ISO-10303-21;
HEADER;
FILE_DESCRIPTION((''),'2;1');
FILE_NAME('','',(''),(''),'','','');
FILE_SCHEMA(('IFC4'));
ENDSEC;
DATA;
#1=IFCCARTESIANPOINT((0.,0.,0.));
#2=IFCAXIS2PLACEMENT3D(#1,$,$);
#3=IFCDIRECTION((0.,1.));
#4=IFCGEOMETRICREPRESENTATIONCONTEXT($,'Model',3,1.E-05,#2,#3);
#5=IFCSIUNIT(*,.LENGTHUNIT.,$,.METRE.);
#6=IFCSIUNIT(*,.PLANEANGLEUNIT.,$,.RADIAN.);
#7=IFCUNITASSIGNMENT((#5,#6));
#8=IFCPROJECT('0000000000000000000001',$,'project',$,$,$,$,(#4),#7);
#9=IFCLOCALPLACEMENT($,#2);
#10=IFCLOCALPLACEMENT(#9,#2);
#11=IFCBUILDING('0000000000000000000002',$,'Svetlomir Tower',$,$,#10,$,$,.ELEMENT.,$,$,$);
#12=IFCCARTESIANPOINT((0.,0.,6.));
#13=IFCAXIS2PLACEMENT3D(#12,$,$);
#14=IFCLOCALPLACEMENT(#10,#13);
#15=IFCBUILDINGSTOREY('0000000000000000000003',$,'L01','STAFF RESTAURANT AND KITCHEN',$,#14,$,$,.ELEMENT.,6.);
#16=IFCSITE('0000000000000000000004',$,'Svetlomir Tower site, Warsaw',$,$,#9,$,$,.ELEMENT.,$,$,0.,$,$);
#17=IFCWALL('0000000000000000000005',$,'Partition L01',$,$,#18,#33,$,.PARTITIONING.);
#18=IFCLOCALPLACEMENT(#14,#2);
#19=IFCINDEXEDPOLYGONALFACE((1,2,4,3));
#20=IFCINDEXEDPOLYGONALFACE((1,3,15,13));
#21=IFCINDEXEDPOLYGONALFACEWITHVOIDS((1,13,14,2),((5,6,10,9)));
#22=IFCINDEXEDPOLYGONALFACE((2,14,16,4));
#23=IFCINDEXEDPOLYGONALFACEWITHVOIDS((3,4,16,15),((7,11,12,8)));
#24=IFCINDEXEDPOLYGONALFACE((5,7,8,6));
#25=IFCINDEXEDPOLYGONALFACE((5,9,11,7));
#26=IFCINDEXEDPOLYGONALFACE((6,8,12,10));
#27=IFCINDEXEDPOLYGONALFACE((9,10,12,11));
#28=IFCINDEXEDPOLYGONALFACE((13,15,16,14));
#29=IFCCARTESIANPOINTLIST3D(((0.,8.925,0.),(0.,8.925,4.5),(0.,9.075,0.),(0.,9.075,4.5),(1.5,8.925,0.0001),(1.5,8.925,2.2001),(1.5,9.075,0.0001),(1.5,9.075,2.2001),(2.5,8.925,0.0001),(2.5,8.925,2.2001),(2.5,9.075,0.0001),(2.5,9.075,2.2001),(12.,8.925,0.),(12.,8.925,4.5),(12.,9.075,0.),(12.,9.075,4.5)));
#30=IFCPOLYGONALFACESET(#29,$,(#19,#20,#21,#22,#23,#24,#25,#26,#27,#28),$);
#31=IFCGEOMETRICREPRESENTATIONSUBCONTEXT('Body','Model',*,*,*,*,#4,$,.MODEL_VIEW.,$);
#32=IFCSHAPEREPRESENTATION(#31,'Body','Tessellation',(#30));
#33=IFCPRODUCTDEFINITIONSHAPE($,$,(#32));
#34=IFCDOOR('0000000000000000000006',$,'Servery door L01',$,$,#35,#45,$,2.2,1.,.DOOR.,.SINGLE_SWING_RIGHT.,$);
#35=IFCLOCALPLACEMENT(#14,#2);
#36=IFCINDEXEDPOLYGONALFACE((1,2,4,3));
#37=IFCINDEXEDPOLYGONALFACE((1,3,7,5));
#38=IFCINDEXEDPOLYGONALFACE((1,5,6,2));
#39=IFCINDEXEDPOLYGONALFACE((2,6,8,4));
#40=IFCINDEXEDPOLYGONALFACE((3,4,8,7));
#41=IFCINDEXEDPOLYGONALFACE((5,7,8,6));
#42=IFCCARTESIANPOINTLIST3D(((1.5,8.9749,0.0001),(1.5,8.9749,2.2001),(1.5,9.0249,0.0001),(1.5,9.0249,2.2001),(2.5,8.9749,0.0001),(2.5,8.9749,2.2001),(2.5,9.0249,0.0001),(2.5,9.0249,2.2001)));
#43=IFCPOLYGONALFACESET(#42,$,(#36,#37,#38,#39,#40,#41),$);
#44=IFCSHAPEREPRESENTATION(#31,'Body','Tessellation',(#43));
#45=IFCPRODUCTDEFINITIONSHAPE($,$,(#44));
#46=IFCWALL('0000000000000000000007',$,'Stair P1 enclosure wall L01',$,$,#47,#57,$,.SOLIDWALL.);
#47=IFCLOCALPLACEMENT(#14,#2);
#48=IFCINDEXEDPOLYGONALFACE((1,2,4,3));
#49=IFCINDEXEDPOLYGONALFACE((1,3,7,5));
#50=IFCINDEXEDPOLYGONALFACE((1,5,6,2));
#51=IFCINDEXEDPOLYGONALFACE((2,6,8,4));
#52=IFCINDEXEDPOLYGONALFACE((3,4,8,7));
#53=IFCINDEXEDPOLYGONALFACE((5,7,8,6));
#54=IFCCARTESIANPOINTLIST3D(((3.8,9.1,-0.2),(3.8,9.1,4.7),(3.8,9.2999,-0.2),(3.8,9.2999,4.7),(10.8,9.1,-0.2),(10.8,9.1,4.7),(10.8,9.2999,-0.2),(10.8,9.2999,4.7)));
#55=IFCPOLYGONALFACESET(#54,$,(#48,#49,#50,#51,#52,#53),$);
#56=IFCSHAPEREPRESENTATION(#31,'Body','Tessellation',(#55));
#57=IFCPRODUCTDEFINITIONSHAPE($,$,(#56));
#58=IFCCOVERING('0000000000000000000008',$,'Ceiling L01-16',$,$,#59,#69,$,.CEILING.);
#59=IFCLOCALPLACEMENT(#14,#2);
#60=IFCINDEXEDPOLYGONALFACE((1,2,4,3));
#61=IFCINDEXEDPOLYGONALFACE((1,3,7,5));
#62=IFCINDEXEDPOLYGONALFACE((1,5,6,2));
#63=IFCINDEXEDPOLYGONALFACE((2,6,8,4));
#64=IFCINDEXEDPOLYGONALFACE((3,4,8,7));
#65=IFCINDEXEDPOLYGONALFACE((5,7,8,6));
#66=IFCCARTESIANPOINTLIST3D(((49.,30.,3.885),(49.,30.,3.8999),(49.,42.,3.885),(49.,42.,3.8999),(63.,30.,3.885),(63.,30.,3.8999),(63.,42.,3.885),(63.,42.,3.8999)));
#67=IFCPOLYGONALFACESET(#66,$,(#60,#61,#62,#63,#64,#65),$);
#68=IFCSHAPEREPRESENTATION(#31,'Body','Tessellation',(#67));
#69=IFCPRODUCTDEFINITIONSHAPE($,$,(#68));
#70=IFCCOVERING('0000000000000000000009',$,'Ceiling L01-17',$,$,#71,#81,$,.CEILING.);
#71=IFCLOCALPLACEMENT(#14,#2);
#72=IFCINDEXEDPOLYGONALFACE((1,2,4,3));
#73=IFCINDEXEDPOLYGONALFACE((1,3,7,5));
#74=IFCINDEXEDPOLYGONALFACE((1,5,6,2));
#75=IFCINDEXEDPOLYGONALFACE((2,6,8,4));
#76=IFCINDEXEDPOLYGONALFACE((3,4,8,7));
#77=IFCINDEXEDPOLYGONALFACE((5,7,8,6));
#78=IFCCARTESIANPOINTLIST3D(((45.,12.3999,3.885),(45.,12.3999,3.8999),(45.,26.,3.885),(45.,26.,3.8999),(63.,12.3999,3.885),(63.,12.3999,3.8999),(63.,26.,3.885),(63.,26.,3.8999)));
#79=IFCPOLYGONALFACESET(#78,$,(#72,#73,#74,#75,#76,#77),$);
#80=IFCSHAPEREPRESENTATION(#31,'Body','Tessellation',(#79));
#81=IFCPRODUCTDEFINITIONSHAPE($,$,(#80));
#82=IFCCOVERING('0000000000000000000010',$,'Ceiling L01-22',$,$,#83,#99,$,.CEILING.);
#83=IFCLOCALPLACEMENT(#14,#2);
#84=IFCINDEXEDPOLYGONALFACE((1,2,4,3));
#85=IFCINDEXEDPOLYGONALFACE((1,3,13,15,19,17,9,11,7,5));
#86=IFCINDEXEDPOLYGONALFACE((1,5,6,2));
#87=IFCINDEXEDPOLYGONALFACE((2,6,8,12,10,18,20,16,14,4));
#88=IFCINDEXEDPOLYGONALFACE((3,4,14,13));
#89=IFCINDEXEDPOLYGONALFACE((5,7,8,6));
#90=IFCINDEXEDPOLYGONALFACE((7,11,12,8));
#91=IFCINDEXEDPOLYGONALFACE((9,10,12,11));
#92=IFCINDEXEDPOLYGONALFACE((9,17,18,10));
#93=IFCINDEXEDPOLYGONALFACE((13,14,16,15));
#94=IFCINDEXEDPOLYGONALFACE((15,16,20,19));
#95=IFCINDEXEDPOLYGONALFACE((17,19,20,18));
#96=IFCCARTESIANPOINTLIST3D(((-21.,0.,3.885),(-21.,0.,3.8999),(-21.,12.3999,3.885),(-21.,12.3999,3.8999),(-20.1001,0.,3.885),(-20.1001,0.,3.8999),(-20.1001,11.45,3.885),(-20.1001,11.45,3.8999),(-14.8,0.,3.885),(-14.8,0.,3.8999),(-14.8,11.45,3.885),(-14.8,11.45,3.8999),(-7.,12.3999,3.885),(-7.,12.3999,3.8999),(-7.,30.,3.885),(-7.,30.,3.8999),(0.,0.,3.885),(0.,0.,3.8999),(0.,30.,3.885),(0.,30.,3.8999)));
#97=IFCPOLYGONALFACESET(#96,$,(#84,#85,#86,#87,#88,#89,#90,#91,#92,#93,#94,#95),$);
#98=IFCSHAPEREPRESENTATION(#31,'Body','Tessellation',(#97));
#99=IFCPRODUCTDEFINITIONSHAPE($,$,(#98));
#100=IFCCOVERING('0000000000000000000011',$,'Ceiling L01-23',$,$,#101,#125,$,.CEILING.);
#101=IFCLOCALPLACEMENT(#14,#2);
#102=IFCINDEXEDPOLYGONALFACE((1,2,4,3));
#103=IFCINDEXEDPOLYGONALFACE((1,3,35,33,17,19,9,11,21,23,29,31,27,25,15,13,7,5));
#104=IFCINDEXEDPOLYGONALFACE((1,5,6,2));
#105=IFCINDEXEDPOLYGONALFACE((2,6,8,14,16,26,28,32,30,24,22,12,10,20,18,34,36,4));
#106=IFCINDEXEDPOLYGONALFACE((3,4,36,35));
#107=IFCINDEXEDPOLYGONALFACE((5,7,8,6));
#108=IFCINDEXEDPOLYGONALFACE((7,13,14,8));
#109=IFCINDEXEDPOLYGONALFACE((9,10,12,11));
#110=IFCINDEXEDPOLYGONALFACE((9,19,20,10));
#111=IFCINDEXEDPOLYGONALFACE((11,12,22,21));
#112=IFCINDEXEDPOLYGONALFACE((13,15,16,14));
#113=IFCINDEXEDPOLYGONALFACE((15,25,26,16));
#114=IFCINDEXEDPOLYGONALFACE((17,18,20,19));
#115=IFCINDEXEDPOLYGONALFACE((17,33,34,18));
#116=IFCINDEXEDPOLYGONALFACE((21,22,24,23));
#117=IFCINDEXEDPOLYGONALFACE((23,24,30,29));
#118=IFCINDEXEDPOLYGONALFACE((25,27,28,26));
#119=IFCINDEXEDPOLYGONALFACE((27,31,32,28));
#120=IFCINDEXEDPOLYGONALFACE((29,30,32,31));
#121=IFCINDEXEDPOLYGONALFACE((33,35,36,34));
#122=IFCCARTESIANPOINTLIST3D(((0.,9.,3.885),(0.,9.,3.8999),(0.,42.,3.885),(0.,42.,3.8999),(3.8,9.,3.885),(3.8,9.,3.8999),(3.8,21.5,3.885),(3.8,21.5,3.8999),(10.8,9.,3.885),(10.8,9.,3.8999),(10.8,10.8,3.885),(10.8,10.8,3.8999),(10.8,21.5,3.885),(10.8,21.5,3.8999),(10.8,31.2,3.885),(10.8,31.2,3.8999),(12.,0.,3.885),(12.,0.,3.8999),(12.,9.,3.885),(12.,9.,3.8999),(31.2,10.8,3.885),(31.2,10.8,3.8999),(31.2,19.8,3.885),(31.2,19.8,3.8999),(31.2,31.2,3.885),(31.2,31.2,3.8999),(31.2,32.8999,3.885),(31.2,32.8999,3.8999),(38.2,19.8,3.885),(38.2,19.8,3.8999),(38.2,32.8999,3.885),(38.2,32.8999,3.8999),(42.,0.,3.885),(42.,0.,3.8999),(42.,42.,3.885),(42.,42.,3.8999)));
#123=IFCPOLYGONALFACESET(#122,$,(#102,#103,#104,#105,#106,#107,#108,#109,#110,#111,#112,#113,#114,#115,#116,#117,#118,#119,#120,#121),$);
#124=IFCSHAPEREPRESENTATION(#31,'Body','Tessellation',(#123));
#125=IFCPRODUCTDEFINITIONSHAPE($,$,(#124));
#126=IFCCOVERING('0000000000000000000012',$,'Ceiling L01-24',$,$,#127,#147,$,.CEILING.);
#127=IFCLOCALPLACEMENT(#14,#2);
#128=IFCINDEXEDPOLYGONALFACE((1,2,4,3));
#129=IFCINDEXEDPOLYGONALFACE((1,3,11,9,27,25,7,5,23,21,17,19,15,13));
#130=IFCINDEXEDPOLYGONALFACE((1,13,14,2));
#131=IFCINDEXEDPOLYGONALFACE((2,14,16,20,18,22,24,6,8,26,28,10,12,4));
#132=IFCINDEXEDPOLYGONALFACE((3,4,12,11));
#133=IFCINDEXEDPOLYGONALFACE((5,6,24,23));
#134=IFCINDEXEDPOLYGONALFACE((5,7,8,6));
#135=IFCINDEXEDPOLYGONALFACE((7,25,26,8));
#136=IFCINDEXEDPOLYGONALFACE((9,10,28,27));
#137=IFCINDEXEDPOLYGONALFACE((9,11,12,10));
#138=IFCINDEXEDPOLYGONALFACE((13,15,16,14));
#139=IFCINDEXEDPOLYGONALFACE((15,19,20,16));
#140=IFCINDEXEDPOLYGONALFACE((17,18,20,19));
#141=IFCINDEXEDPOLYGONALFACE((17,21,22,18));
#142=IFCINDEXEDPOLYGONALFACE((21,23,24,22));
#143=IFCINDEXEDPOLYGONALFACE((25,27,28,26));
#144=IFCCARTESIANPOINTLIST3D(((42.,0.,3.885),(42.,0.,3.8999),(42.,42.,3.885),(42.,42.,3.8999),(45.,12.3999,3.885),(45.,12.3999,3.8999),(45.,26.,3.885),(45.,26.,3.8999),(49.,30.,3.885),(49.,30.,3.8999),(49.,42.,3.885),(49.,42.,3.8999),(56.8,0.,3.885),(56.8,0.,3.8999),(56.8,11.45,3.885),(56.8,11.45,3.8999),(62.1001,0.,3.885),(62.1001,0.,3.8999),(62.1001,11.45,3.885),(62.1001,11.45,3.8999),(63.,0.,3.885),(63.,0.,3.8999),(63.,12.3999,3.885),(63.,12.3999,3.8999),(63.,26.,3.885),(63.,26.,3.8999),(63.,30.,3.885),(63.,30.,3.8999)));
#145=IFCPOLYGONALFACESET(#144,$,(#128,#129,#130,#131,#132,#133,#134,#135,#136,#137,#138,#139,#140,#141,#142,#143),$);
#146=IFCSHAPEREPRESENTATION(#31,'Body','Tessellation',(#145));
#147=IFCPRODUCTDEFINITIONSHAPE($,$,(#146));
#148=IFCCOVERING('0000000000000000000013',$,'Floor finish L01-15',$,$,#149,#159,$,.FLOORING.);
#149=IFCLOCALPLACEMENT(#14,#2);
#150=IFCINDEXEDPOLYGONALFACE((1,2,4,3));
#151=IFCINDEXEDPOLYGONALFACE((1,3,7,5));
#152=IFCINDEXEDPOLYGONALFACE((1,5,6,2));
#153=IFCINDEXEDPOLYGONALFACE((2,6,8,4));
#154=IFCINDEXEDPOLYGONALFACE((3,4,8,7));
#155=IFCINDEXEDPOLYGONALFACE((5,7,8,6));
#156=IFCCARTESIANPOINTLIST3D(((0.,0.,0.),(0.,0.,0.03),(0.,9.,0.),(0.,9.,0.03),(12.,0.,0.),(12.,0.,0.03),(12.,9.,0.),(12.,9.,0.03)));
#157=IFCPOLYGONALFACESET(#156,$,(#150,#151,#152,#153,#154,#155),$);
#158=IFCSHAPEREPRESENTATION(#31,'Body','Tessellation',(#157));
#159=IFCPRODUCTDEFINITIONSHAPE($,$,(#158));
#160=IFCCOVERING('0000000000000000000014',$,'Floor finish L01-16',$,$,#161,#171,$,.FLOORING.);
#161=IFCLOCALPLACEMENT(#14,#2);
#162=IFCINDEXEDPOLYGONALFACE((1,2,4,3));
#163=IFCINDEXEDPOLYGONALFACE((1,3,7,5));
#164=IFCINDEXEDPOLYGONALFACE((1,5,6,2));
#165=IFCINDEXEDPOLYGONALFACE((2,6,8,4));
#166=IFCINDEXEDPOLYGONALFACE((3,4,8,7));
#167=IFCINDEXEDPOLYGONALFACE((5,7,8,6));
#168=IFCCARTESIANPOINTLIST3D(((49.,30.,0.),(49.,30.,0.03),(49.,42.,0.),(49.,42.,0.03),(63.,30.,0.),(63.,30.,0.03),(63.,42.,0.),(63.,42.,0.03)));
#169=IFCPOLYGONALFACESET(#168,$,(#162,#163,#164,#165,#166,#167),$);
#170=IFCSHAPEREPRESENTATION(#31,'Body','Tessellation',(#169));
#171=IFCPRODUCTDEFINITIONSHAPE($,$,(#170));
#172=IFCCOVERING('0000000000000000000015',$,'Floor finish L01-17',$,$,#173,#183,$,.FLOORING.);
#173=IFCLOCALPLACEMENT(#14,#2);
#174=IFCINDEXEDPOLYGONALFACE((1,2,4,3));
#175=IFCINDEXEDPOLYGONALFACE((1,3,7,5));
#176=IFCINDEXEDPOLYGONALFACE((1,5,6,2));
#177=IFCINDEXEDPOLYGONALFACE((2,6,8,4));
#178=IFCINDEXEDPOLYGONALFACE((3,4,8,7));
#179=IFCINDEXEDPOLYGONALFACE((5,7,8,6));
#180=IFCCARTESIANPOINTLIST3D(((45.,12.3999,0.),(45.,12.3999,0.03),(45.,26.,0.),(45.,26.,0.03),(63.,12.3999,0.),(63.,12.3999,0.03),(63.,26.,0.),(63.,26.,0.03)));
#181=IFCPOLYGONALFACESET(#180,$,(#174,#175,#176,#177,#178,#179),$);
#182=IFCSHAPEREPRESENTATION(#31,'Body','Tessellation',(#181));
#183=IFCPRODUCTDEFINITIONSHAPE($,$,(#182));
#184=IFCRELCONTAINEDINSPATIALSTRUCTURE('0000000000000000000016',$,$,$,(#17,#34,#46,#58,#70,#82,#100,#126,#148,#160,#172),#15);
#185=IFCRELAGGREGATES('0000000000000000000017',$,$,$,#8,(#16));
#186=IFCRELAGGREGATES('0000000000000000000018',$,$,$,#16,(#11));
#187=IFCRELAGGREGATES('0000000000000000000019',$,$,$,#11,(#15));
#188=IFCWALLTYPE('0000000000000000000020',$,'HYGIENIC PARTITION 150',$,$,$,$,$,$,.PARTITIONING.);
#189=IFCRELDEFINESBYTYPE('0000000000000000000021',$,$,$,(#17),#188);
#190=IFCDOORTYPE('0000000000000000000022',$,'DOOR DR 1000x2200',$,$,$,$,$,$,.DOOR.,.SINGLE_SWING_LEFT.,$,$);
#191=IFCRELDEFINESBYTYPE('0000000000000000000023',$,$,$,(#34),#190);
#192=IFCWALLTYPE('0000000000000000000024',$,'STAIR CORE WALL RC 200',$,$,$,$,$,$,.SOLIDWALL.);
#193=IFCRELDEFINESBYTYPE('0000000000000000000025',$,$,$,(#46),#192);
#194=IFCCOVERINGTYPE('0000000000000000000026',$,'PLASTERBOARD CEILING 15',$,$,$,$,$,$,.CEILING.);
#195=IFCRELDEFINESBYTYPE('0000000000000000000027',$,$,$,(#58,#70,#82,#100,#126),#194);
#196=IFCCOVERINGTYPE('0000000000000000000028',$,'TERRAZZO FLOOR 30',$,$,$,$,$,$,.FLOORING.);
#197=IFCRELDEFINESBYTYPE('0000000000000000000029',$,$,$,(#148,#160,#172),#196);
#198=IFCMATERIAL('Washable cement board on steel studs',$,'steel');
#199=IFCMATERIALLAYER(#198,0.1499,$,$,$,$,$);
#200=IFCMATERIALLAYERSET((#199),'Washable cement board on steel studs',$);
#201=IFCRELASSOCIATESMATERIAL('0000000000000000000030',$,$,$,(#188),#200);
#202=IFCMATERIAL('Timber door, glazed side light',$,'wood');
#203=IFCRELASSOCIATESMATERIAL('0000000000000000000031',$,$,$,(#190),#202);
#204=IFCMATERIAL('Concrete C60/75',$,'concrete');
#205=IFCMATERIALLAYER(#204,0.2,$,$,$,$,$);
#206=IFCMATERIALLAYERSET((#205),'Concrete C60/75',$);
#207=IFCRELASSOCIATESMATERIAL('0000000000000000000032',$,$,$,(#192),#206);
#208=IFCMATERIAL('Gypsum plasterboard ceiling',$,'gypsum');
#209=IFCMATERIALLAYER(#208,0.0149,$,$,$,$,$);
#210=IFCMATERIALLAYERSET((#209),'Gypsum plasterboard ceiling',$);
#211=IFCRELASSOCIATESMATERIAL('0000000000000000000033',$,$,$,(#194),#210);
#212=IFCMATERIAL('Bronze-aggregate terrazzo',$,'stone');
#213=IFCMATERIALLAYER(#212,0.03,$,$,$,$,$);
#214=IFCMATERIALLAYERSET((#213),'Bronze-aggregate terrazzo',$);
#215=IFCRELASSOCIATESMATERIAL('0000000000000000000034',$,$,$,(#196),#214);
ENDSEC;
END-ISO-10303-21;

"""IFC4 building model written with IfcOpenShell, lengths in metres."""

from ifc_helpers import new_model, si_unit, direction, frame, frame_2d, origin, place, context, subcontext, project, spatial, polyline, rectangle, outline, extrude, material, layer, layer_set, type_object, element, fill, save


model = new_model("IFC4")

# Units and contexts
model_context = context("Model", 3, precision=1e-05, world=origin(), true_north=direction((0.0, 1.0)))
body_context = subcontext(model_context, "Body", "Model", "MODEL_VIEW")
ifc_project = project(units=[si_unit("LENGTHUNIT", "METRE"), si_unit("PLANEANGLEUNIT", "RADIAN")], contexts=[model_context])

# Site, building, storey
site_placement = place(None, origin())
site = spatial("IfcSite", under=ifc_project, at=site_placement, Name="Svetlomir Tower site, Warsaw", CompositionType="ELEMENT", RefElevation=0.0)
building_placement = place(site_placement, origin())
building = spatial("IfcBuilding", under=site, at=building_placement, Name="Svetlomir Tower", CompositionType="ELEMENT")
storey_placement = place(building_placement, frame((0.0, 0.0, 6.0)))
storey = spatial("IfcBuildingStorey", under=building, at=storey_placement, Name="L01", Description="STAFF RESTAURANT AND KITCHEN", CompositionType="ELEMENT", Elevation=6.0)

# Wall, opening, door
ifc_material_1 = material(Name="Washable cement board on steel studs", Category="steel")
ifc_layer_1 = layer(ifc_material_1, 0.1499)
ifc_layer_set_1 = layer_set([ifc_layer_1], Name="Washable cement board on steel studs")
wall_type_1 = type_object("IfcWallType", Name="HYGIENIC PARTITION 150", PredefinedType="PARTITIONING", material=ifc_layer_set_1)
wall_1_placement = place(storey_placement, frame((0.0, 9.0, 0.0), z_axis=(0.0, 0.0, 1.0), x_axis=(1.0, 0.0, 0.0)))
wall_1 = element("IfcWall", 1, at=wall_1_placement, inside=storey, type_object=wall_type_1, Name="Partition L01", PredefinedType="PARTITIONING", context=body_context, shape_type="SweptSolid", body=[
    extrude(rectangle(XDim=12.0, YDim=0.1499, at=frame_2d((6.0, 0.0))), origin(), (0.0, 0.0, 1.0), 4.5),
])
opening_placement = place(wall_1_placement, frame((1.5, 0.0, 0.0)))
opening = element("IfcOpeningElement", 2, at=opening_placement, cuts=wall_1, PredefinedType="OPENING", context=body_context, shape_type="SweptSolid", body=[
    extrude(rectangle(XDim=1.0, YDim=2.2, at=frame_2d((0.5, 1.1001))), frame((0.0, 0.085, 0.0), z_axis=(0.0, -1.0, 0.0), x_axis=(1.0, 0.0, 0.0)), (0.0, 0.0, 1.0), 0.1699),
])
ifc_material_2 = material(Name="Timber door, glazed side light", Category="wood")
door_type = type_object("IfcDoorType", Name="DOOR DR 1000x2200", OperationType="SINGLE_SWING_LEFT", PredefinedType="DOOR", material=ifc_material_2)
door_placement = place(opening_placement, origin())
door = element("IfcDoor", 3, at=door_placement, inside=storey, type_object=door_type, Name="Servery door L01", OperationType="SINGLE_SWING_RIGHT", OverallHeight=2.2, OverallWidth=1.0, PredefinedType="DOOR", context=body_context, shape_type="SweptSolid", body=[
    extrude(rectangle(XDim=1.0, YDim=2.2, at=frame_2d((0.5, 1.1001))), frame((0.0, 0.0249, 0.0), z_axis=(0.0, -1.0, 0.0), x_axis=(1.0, 0.0, 0.0)), (0.0, 0.0, 1.0), 0.05),
])
fill(opening, door)

# Wall
ifc_material_3 = material(Name="Concrete C60/75", Category="concrete")
ifc_layer_2 = layer(ifc_material_3, 0.2)
ifc_layer_set_2 = layer_set([ifc_layer_2], Name="Concrete C60/75")
wall_type_2 = type_object("IfcWallType", Name="STAIR CORE WALL RC 200", PredefinedType="SOLIDWALL", material=ifc_layer_set_2)
wall_2_placement = place(storey_placement, frame((3.8, 9.2, -0.2), z_axis=(0.0, 0.0, 1.0), x_axis=(1.0, 0.0, 0.0)))
element("IfcWall", 4, at=wall_2_placement, inside=storey, type_object=wall_type_2, Name="Stair P1 enclosure wall L01", PredefinedType="SOLIDWALL", context=body_context, shape_type="SweptSolid", body=[
    extrude(rectangle(XDim=7.0, YDim=0.2, at=frame_2d((3.5, 0.0))), origin(), (0.0, 0.0, 1.0), 4.8999),
])

# Coverings
ifc_material_4 = material(Name="Gypsum plasterboard ceiling", Category="gypsum")
ifc_layer_3 = layer(ifc_material_4, 0.0149)
ifc_layer_set_3 = layer_set([ifc_layer_3], Name="Gypsum plasterboard ceiling")
covering_type_1 = type_object("IfcCoveringType", Name="PLASTERBOARD CEILING 15", PredefinedType="CEILING", material=ifc_layer_set_3)
covering_1_placement = place(storey_placement, frame((0.0, 0.0, 3.885)))
element("IfcCovering", 5, at=covering_1_placement, inside=storey, type_object=covering_type_1, Name="Ceiling L01-16", PredefinedType="CEILING", context=body_context, shape_type="SweptSolid", body=[
    extrude(outline(polyline([(49.0, 30.0), (63.0, 30.0), (63.0, 42.0), (49.0, 42.0), (49.0, 30.0)])), origin(), (0.0, 0.0, 1.0), 0.0149),
])
covering_2_placement = place(storey_placement, frame((0.0, 0.0, 3.885)))
element("IfcCovering", 6, at=covering_2_placement, inside=storey, type_object=covering_type_1, Name="Ceiling L01-17", PredefinedType="CEILING", context=body_context, shape_type="SweptSolid", body=[
    extrude(outline(polyline([(45.0, 12.3999), (63.0, 12.3999), (63.0, 26.0), (45.0, 26.0), (45.0, 12.3999)])), origin(), (0.0, 0.0, 1.0), 0.0149),
])
covering_3_placement = place(storey_placement, frame((0.0, 0.0, 3.885)))
element("IfcCovering", 7, at=covering_3_placement, inside=storey, type_object=covering_type_1, Name="Ceiling L01-22", PredefinedType="CEILING", context=body_context, shape_type="SweptSolid", body=[
    extrude(outline(polyline([(-21.0, 0.0), (-21.0, 12.3999), (-7.0, 12.3999), (-7.0, 30.0), (0.0, 30.0), (0.0, 0.0), (-14.8, 0.0), (-14.8, 11.45), (-20.1001, 11.45), (-20.1001, 0.0), (-21.0, 0.0)])), origin(), (0.0, 0.0, 1.0), 0.0149),
])
covering_4_placement = place(storey_placement, frame((0.0, 0.0, 3.885)))
element("IfcCovering", 8, at=covering_4_placement, inside=storey, type_object=covering_type_1, Name="Ceiling L01-23", PredefinedType="CEILING", context=body_context, shape_type="SweptSolid", body=[
    extrude(outline(polyline([(0.0, 42.0), (42.0, 42.0), (42.0, 0.0), (12.0, 0.0), (12.0, 9.0), (10.8, 9.0), (10.8, 10.8), (31.2, 10.8), (31.2, 19.8), (38.2, 19.8), (38.2, 32.8999), (31.2, 32.8999), (31.2, 31.2), (10.8, 31.2), (10.8, 21.5), (3.8, 21.5), (3.8, 9.0), (0.0, 9.0), (0.0, 42.0)])), origin(), (0.0, 0.0, 1.0), 0.0149),
])
covering_5_placement = place(storey_placement, frame((0.0, 0.0, 3.885)))
element("IfcCovering", 9, at=covering_5_placement, inside=storey, type_object=covering_type_1, Name="Ceiling L01-24", PredefinedType="CEILING", context=body_context, shape_type="SweptSolid", body=[
    extrude(outline(polyline([(42.0, 42.0), (49.0, 42.0), (49.0, 30.0), (63.0, 30.0), (63.0, 26.0), (45.0, 26.0), (45.0, 12.3999), (63.0, 12.3999), (63.0, 0.0), (62.1001, 0.0), (62.1001, 11.45), (56.8, 11.45), (56.8, 0.0), (42.0, 0.0), (42.0, 42.0)])), origin(), (0.0, 0.0, 1.0), 0.0149),
])
ifc_material_5 = material(Name="Bronze-aggregate terrazzo", Category="stone")
ifc_layer_4 = layer(ifc_material_5, 0.03)
ifc_layer_set_4 = layer_set([ifc_layer_4], Name="Bronze-aggregate terrazzo")
covering_type_2 = type_object("IfcCoveringType", Name="TERRAZZO FLOOR 30", PredefinedType="FLOORING", material=ifc_layer_set_4)
covering_6_placement = place(storey_placement, origin())
element("IfcCovering", 10, at=covering_6_placement, inside=storey, type_object=covering_type_2, Name="Floor finish L01-15", PredefinedType="FLOORING", context=body_context, shape_type="SweptSolid", body=[
    extrude(outline(polyline([(0.0, 0.0), (12.0, 0.0), (12.0, 9.0), (0.0, 9.0), (0.0, 0.0)])), origin(), (0.0, 0.0, 1.0), 0.03),
])
covering_7_placement = place(storey_placement, origin())
element("IfcCovering", 11, at=covering_7_placement, inside=storey, type_object=covering_type_2, Name="Floor finish L01-16", PredefinedType="FLOORING", context=body_context, shape_type="SweptSolid", body=[
    extrude(outline(polyline([(49.0, 30.0), (63.0, 30.0), (63.0, 42.0), (49.0, 42.0), (49.0, 30.0)])), origin(), (0.0, 0.0, 1.0), 0.03),
])
covering_8_placement = place(storey_placement, origin())
element("IfcCovering", 12, at=covering_8_placement, inside=storey, type_object=covering_type_2, Name="Floor finish L01-17", PredefinedType="FLOORING", context=body_context, shape_type="SweptSolid", body=[
    extrude(outline(polyline([(45.0, 12.3999), (63.0, 12.3999), (63.0, 26.0), (45.0, 26.0), (45.0, 12.3999)])), origin(), (0.0, 0.0, 1.0), 0.03),
])

save(model, "model.ifc")
